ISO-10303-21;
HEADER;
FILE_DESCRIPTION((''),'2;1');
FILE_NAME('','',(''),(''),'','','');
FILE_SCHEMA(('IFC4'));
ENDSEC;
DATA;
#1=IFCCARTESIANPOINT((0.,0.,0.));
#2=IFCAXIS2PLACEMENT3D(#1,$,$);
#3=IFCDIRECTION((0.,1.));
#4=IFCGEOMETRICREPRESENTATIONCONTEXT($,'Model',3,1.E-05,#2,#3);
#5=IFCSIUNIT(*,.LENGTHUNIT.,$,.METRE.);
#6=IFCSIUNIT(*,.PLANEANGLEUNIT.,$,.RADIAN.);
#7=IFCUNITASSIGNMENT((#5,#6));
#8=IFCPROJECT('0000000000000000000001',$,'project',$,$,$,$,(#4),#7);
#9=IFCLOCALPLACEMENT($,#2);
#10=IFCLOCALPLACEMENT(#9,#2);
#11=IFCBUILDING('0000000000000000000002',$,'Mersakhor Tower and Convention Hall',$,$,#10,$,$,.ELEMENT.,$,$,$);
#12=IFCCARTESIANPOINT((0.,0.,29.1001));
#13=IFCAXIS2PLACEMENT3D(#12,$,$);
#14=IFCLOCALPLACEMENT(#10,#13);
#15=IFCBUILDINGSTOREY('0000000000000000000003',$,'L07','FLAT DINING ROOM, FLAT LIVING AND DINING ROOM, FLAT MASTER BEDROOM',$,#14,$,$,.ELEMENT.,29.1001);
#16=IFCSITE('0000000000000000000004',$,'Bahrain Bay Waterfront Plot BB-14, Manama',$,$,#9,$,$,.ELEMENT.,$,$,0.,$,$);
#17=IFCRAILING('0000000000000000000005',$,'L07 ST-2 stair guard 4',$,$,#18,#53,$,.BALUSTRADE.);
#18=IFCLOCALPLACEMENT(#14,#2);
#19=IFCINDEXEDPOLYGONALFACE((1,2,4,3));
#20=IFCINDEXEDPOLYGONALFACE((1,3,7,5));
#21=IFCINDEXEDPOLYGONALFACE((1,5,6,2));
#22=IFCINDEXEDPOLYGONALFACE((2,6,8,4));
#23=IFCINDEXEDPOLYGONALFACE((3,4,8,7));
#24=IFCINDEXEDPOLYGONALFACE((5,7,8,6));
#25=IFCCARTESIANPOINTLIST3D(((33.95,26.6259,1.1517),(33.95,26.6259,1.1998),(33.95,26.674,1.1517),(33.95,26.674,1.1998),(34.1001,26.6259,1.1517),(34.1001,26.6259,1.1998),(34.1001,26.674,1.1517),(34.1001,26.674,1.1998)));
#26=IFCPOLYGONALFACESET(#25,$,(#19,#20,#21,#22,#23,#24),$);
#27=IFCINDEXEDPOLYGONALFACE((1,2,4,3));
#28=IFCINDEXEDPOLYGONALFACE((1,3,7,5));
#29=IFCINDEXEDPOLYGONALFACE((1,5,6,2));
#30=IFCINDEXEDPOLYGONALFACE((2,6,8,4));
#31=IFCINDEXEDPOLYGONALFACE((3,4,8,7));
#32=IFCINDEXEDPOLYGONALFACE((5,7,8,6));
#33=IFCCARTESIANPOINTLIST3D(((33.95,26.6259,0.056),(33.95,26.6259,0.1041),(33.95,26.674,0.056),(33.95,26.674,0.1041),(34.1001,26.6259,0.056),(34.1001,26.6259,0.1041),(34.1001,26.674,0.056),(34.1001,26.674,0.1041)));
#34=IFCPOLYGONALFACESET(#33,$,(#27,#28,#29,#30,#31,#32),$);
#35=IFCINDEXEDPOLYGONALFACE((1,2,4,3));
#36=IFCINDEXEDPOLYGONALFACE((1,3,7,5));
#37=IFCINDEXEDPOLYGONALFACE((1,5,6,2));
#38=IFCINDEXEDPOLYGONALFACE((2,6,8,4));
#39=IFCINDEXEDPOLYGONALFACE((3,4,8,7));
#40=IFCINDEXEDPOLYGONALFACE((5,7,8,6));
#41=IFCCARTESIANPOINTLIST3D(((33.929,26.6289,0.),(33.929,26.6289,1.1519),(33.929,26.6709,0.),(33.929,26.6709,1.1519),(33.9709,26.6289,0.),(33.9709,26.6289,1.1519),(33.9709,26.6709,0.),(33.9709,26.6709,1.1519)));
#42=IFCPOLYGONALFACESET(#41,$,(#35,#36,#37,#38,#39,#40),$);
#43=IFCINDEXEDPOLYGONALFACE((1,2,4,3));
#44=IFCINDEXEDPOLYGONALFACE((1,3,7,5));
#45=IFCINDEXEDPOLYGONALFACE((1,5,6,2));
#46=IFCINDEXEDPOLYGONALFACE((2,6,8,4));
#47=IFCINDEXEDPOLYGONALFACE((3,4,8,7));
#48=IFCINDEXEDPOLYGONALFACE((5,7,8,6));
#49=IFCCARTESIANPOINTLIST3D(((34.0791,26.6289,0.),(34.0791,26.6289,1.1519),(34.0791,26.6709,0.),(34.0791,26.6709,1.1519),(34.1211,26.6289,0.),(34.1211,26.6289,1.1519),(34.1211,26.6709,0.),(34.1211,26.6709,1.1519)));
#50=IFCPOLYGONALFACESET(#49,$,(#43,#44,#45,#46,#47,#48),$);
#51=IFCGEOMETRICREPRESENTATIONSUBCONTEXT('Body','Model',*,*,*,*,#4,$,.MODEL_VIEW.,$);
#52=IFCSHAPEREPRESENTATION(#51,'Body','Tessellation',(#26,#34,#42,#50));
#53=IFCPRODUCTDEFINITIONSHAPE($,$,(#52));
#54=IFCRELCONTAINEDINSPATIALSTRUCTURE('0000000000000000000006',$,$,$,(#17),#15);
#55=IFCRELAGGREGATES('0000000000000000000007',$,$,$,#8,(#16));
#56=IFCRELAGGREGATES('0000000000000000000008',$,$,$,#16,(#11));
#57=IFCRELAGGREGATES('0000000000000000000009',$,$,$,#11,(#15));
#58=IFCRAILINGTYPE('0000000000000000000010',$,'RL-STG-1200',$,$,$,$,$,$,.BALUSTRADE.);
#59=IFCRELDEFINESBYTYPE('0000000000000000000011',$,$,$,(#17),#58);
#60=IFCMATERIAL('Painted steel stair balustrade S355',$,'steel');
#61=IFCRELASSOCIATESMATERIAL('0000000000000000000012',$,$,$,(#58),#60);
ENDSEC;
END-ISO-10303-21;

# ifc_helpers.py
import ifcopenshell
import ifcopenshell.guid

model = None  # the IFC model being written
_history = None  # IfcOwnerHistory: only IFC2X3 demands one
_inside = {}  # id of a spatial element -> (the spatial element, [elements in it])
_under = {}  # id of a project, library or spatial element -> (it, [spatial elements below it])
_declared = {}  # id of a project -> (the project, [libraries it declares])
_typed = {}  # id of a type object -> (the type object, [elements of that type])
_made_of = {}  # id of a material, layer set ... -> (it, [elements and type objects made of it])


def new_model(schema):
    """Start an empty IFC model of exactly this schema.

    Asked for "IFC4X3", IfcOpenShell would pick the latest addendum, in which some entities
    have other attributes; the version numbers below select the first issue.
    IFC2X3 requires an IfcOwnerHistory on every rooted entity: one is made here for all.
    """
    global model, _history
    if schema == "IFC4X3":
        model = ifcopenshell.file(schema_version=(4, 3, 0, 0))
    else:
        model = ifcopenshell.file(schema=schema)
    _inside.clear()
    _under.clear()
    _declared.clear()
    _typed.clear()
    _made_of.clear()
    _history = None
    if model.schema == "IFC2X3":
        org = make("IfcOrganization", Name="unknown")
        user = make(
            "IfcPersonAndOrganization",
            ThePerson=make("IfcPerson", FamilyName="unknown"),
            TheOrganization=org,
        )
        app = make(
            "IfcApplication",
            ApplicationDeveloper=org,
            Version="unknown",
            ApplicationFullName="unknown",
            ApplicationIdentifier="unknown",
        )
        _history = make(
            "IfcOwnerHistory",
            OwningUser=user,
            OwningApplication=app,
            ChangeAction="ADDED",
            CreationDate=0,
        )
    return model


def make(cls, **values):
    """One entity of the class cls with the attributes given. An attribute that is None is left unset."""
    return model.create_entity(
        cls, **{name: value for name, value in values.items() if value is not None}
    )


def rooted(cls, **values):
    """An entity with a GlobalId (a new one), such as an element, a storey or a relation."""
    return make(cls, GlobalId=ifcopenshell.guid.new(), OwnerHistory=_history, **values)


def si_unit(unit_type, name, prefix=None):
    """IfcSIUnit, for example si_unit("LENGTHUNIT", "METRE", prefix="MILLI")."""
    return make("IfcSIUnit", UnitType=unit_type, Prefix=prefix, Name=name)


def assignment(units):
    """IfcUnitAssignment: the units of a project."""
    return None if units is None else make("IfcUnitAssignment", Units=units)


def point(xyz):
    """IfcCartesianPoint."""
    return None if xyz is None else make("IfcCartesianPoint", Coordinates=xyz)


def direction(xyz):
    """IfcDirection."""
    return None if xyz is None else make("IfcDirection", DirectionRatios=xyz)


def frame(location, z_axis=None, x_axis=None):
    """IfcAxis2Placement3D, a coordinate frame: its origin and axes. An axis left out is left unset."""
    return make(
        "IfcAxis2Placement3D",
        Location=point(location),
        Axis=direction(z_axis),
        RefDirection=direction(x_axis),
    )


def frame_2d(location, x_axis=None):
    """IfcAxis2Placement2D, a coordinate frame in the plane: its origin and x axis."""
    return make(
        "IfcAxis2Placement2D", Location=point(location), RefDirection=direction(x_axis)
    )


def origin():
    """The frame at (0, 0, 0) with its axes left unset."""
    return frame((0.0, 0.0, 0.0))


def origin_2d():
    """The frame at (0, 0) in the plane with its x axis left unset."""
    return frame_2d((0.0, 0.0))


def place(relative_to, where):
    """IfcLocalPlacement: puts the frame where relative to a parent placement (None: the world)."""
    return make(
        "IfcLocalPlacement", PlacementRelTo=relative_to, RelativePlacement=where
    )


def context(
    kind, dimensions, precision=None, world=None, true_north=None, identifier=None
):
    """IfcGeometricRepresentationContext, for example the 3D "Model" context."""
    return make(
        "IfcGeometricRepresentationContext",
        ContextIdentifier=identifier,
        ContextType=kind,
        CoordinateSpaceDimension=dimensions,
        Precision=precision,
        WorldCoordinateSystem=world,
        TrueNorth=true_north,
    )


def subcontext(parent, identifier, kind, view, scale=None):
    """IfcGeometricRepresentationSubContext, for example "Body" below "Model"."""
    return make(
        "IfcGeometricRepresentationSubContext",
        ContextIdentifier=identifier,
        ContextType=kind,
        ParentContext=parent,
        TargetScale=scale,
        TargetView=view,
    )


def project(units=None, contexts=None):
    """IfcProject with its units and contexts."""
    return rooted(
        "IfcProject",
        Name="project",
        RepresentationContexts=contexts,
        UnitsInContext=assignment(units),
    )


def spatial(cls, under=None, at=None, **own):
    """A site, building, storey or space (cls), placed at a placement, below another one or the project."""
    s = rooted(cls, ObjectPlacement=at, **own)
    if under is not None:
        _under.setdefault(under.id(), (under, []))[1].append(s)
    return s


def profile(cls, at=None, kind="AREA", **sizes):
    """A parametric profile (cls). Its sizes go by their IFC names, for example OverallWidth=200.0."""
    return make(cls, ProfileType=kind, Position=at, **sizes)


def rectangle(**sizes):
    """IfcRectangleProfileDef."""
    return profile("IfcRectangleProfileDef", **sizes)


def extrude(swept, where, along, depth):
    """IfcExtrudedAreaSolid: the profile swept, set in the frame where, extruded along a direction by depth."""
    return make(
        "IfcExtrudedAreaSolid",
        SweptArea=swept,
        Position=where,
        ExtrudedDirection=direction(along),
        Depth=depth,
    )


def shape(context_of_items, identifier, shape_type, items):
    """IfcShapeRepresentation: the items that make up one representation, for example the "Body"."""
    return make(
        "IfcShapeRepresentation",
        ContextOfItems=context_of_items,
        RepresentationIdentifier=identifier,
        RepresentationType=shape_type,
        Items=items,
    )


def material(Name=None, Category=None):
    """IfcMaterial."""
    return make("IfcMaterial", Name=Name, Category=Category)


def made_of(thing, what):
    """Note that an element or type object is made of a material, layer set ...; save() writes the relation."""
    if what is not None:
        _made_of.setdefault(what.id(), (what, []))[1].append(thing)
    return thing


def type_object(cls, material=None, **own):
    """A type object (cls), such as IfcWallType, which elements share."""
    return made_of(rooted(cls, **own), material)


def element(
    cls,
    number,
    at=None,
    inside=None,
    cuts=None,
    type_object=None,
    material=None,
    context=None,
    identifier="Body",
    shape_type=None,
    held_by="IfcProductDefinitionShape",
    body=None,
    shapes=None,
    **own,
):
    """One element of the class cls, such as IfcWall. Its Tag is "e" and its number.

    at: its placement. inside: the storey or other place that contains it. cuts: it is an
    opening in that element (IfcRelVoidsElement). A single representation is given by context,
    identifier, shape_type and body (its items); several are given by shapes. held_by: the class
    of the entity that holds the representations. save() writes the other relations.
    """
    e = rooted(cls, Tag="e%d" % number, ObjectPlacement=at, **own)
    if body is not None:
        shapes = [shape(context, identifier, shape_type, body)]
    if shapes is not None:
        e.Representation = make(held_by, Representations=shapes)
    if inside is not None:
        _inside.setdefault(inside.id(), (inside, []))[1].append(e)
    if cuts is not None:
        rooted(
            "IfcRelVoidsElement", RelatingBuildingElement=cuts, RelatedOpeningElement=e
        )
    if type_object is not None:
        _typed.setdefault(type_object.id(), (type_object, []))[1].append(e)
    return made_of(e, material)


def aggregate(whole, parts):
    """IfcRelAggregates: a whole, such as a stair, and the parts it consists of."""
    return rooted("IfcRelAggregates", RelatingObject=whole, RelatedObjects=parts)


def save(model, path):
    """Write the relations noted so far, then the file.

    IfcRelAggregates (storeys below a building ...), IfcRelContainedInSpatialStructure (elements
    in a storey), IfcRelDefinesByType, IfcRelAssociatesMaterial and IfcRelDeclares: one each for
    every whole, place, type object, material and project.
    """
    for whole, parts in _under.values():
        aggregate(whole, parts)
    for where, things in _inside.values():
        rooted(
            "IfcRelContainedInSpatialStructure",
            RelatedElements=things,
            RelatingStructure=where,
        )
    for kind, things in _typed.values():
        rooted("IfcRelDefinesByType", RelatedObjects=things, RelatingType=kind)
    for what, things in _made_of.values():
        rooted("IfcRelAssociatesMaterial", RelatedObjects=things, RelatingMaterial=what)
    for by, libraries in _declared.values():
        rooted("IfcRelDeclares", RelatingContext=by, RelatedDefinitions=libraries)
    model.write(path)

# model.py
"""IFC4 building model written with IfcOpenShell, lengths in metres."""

from ifc_helpers import new_model, si_unit, direction, frame, origin, origin_2d, place, context, subcontext, project, spatial, rectangle, extrude, material, type_object, element, save


model = new_model("IFC4")

# Units and contexts
model_context = context("Model", 3, precision=1e-05, world=origin(), true_north=direction((0.0, 1.0)))
body_context = subcontext(model_context, "Body", "Model", "MODEL_VIEW")
ifc_project = project(units=[si_unit("LENGTHUNIT", "METRE"), si_unit("PLANEANGLEUNIT", "RADIAN")], contexts=[model_context])

# Site, building, storey
site_placement = place(None, origin())
site = spatial("IfcSite", under=ifc_project, at=site_placement, Name="Bahrain Bay Waterfront Plot BB-14, Manama", CompositionType="ELEMENT", RefElevation=0.0)
building_placement = place(site_placement, origin())
building = spatial("IfcBuilding", under=site, at=building_placement, Name="Mersakhor Tower and Convention Hall", CompositionType="ELEMENT")
storey_placement = place(building_placement, frame((0.0, 0.0, 29.1001)))
storey = spatial("IfcBuildingStorey", under=building, at=storey_placement, Name="L07", Description="FLAT DINING ROOM, FLAT LIVING AND DINING ROOM, FLAT MASTER BEDROOM", CompositionType="ELEMENT", Elevation=29.1001)

# Railing
ifc_material_1 = material(Name="Painted steel stair balustrade S355", Category="steel")
railing_type_1 = type_object("IfcRailingType", Name="RL-STG-1200", PredefinedType="BALUSTRADE", material=ifc_material_1)
railing_1_placement = place(storey_placement, frame((33.95, 26.6499, 0.0)))
element("IfcRailing", 1, at=railing_1_placement, inside=storey, type_object=railing_type_1, Name="L07 ST-2 stair guard 4", PredefinedType="BALUSTRADE", context=body_context, shape_type="SweptSolid", body=[
    extrude(rectangle(XDim=0.0481, YDim=0.0481, at=origin_2d()), frame((0.0, 0.0, 1.1758), z_axis=(1.0, 0.0, 0.0), x_axis=(0.0, 1.0, 0.0)), (0.0, 0.0, 1.0), 0.1501),
    extrude(rectangle(XDim=0.0481, YDim=0.0481, at=origin_2d()), frame((0.0, 0.0, 0.0801), z_axis=(1.0, 0.0, 0.0), x_axis=(0.0, 1.0, 0.0)), (0.0, 0.0, 1.0), 0.1501),
    extrude(rectangle(XDim=0.042, YDim=0.042, at=origin_2d()), origin(), (0.0, 0.0, 1.0), 1.1519),
    extrude(rectangle(XDim=0.042, YDim=0.042, at=origin_2d()), frame((0.1501, 0.0, 0.0)), (0.0, 0.0, 1.0), 1.1519),
])

save(model, "model.ifc")
